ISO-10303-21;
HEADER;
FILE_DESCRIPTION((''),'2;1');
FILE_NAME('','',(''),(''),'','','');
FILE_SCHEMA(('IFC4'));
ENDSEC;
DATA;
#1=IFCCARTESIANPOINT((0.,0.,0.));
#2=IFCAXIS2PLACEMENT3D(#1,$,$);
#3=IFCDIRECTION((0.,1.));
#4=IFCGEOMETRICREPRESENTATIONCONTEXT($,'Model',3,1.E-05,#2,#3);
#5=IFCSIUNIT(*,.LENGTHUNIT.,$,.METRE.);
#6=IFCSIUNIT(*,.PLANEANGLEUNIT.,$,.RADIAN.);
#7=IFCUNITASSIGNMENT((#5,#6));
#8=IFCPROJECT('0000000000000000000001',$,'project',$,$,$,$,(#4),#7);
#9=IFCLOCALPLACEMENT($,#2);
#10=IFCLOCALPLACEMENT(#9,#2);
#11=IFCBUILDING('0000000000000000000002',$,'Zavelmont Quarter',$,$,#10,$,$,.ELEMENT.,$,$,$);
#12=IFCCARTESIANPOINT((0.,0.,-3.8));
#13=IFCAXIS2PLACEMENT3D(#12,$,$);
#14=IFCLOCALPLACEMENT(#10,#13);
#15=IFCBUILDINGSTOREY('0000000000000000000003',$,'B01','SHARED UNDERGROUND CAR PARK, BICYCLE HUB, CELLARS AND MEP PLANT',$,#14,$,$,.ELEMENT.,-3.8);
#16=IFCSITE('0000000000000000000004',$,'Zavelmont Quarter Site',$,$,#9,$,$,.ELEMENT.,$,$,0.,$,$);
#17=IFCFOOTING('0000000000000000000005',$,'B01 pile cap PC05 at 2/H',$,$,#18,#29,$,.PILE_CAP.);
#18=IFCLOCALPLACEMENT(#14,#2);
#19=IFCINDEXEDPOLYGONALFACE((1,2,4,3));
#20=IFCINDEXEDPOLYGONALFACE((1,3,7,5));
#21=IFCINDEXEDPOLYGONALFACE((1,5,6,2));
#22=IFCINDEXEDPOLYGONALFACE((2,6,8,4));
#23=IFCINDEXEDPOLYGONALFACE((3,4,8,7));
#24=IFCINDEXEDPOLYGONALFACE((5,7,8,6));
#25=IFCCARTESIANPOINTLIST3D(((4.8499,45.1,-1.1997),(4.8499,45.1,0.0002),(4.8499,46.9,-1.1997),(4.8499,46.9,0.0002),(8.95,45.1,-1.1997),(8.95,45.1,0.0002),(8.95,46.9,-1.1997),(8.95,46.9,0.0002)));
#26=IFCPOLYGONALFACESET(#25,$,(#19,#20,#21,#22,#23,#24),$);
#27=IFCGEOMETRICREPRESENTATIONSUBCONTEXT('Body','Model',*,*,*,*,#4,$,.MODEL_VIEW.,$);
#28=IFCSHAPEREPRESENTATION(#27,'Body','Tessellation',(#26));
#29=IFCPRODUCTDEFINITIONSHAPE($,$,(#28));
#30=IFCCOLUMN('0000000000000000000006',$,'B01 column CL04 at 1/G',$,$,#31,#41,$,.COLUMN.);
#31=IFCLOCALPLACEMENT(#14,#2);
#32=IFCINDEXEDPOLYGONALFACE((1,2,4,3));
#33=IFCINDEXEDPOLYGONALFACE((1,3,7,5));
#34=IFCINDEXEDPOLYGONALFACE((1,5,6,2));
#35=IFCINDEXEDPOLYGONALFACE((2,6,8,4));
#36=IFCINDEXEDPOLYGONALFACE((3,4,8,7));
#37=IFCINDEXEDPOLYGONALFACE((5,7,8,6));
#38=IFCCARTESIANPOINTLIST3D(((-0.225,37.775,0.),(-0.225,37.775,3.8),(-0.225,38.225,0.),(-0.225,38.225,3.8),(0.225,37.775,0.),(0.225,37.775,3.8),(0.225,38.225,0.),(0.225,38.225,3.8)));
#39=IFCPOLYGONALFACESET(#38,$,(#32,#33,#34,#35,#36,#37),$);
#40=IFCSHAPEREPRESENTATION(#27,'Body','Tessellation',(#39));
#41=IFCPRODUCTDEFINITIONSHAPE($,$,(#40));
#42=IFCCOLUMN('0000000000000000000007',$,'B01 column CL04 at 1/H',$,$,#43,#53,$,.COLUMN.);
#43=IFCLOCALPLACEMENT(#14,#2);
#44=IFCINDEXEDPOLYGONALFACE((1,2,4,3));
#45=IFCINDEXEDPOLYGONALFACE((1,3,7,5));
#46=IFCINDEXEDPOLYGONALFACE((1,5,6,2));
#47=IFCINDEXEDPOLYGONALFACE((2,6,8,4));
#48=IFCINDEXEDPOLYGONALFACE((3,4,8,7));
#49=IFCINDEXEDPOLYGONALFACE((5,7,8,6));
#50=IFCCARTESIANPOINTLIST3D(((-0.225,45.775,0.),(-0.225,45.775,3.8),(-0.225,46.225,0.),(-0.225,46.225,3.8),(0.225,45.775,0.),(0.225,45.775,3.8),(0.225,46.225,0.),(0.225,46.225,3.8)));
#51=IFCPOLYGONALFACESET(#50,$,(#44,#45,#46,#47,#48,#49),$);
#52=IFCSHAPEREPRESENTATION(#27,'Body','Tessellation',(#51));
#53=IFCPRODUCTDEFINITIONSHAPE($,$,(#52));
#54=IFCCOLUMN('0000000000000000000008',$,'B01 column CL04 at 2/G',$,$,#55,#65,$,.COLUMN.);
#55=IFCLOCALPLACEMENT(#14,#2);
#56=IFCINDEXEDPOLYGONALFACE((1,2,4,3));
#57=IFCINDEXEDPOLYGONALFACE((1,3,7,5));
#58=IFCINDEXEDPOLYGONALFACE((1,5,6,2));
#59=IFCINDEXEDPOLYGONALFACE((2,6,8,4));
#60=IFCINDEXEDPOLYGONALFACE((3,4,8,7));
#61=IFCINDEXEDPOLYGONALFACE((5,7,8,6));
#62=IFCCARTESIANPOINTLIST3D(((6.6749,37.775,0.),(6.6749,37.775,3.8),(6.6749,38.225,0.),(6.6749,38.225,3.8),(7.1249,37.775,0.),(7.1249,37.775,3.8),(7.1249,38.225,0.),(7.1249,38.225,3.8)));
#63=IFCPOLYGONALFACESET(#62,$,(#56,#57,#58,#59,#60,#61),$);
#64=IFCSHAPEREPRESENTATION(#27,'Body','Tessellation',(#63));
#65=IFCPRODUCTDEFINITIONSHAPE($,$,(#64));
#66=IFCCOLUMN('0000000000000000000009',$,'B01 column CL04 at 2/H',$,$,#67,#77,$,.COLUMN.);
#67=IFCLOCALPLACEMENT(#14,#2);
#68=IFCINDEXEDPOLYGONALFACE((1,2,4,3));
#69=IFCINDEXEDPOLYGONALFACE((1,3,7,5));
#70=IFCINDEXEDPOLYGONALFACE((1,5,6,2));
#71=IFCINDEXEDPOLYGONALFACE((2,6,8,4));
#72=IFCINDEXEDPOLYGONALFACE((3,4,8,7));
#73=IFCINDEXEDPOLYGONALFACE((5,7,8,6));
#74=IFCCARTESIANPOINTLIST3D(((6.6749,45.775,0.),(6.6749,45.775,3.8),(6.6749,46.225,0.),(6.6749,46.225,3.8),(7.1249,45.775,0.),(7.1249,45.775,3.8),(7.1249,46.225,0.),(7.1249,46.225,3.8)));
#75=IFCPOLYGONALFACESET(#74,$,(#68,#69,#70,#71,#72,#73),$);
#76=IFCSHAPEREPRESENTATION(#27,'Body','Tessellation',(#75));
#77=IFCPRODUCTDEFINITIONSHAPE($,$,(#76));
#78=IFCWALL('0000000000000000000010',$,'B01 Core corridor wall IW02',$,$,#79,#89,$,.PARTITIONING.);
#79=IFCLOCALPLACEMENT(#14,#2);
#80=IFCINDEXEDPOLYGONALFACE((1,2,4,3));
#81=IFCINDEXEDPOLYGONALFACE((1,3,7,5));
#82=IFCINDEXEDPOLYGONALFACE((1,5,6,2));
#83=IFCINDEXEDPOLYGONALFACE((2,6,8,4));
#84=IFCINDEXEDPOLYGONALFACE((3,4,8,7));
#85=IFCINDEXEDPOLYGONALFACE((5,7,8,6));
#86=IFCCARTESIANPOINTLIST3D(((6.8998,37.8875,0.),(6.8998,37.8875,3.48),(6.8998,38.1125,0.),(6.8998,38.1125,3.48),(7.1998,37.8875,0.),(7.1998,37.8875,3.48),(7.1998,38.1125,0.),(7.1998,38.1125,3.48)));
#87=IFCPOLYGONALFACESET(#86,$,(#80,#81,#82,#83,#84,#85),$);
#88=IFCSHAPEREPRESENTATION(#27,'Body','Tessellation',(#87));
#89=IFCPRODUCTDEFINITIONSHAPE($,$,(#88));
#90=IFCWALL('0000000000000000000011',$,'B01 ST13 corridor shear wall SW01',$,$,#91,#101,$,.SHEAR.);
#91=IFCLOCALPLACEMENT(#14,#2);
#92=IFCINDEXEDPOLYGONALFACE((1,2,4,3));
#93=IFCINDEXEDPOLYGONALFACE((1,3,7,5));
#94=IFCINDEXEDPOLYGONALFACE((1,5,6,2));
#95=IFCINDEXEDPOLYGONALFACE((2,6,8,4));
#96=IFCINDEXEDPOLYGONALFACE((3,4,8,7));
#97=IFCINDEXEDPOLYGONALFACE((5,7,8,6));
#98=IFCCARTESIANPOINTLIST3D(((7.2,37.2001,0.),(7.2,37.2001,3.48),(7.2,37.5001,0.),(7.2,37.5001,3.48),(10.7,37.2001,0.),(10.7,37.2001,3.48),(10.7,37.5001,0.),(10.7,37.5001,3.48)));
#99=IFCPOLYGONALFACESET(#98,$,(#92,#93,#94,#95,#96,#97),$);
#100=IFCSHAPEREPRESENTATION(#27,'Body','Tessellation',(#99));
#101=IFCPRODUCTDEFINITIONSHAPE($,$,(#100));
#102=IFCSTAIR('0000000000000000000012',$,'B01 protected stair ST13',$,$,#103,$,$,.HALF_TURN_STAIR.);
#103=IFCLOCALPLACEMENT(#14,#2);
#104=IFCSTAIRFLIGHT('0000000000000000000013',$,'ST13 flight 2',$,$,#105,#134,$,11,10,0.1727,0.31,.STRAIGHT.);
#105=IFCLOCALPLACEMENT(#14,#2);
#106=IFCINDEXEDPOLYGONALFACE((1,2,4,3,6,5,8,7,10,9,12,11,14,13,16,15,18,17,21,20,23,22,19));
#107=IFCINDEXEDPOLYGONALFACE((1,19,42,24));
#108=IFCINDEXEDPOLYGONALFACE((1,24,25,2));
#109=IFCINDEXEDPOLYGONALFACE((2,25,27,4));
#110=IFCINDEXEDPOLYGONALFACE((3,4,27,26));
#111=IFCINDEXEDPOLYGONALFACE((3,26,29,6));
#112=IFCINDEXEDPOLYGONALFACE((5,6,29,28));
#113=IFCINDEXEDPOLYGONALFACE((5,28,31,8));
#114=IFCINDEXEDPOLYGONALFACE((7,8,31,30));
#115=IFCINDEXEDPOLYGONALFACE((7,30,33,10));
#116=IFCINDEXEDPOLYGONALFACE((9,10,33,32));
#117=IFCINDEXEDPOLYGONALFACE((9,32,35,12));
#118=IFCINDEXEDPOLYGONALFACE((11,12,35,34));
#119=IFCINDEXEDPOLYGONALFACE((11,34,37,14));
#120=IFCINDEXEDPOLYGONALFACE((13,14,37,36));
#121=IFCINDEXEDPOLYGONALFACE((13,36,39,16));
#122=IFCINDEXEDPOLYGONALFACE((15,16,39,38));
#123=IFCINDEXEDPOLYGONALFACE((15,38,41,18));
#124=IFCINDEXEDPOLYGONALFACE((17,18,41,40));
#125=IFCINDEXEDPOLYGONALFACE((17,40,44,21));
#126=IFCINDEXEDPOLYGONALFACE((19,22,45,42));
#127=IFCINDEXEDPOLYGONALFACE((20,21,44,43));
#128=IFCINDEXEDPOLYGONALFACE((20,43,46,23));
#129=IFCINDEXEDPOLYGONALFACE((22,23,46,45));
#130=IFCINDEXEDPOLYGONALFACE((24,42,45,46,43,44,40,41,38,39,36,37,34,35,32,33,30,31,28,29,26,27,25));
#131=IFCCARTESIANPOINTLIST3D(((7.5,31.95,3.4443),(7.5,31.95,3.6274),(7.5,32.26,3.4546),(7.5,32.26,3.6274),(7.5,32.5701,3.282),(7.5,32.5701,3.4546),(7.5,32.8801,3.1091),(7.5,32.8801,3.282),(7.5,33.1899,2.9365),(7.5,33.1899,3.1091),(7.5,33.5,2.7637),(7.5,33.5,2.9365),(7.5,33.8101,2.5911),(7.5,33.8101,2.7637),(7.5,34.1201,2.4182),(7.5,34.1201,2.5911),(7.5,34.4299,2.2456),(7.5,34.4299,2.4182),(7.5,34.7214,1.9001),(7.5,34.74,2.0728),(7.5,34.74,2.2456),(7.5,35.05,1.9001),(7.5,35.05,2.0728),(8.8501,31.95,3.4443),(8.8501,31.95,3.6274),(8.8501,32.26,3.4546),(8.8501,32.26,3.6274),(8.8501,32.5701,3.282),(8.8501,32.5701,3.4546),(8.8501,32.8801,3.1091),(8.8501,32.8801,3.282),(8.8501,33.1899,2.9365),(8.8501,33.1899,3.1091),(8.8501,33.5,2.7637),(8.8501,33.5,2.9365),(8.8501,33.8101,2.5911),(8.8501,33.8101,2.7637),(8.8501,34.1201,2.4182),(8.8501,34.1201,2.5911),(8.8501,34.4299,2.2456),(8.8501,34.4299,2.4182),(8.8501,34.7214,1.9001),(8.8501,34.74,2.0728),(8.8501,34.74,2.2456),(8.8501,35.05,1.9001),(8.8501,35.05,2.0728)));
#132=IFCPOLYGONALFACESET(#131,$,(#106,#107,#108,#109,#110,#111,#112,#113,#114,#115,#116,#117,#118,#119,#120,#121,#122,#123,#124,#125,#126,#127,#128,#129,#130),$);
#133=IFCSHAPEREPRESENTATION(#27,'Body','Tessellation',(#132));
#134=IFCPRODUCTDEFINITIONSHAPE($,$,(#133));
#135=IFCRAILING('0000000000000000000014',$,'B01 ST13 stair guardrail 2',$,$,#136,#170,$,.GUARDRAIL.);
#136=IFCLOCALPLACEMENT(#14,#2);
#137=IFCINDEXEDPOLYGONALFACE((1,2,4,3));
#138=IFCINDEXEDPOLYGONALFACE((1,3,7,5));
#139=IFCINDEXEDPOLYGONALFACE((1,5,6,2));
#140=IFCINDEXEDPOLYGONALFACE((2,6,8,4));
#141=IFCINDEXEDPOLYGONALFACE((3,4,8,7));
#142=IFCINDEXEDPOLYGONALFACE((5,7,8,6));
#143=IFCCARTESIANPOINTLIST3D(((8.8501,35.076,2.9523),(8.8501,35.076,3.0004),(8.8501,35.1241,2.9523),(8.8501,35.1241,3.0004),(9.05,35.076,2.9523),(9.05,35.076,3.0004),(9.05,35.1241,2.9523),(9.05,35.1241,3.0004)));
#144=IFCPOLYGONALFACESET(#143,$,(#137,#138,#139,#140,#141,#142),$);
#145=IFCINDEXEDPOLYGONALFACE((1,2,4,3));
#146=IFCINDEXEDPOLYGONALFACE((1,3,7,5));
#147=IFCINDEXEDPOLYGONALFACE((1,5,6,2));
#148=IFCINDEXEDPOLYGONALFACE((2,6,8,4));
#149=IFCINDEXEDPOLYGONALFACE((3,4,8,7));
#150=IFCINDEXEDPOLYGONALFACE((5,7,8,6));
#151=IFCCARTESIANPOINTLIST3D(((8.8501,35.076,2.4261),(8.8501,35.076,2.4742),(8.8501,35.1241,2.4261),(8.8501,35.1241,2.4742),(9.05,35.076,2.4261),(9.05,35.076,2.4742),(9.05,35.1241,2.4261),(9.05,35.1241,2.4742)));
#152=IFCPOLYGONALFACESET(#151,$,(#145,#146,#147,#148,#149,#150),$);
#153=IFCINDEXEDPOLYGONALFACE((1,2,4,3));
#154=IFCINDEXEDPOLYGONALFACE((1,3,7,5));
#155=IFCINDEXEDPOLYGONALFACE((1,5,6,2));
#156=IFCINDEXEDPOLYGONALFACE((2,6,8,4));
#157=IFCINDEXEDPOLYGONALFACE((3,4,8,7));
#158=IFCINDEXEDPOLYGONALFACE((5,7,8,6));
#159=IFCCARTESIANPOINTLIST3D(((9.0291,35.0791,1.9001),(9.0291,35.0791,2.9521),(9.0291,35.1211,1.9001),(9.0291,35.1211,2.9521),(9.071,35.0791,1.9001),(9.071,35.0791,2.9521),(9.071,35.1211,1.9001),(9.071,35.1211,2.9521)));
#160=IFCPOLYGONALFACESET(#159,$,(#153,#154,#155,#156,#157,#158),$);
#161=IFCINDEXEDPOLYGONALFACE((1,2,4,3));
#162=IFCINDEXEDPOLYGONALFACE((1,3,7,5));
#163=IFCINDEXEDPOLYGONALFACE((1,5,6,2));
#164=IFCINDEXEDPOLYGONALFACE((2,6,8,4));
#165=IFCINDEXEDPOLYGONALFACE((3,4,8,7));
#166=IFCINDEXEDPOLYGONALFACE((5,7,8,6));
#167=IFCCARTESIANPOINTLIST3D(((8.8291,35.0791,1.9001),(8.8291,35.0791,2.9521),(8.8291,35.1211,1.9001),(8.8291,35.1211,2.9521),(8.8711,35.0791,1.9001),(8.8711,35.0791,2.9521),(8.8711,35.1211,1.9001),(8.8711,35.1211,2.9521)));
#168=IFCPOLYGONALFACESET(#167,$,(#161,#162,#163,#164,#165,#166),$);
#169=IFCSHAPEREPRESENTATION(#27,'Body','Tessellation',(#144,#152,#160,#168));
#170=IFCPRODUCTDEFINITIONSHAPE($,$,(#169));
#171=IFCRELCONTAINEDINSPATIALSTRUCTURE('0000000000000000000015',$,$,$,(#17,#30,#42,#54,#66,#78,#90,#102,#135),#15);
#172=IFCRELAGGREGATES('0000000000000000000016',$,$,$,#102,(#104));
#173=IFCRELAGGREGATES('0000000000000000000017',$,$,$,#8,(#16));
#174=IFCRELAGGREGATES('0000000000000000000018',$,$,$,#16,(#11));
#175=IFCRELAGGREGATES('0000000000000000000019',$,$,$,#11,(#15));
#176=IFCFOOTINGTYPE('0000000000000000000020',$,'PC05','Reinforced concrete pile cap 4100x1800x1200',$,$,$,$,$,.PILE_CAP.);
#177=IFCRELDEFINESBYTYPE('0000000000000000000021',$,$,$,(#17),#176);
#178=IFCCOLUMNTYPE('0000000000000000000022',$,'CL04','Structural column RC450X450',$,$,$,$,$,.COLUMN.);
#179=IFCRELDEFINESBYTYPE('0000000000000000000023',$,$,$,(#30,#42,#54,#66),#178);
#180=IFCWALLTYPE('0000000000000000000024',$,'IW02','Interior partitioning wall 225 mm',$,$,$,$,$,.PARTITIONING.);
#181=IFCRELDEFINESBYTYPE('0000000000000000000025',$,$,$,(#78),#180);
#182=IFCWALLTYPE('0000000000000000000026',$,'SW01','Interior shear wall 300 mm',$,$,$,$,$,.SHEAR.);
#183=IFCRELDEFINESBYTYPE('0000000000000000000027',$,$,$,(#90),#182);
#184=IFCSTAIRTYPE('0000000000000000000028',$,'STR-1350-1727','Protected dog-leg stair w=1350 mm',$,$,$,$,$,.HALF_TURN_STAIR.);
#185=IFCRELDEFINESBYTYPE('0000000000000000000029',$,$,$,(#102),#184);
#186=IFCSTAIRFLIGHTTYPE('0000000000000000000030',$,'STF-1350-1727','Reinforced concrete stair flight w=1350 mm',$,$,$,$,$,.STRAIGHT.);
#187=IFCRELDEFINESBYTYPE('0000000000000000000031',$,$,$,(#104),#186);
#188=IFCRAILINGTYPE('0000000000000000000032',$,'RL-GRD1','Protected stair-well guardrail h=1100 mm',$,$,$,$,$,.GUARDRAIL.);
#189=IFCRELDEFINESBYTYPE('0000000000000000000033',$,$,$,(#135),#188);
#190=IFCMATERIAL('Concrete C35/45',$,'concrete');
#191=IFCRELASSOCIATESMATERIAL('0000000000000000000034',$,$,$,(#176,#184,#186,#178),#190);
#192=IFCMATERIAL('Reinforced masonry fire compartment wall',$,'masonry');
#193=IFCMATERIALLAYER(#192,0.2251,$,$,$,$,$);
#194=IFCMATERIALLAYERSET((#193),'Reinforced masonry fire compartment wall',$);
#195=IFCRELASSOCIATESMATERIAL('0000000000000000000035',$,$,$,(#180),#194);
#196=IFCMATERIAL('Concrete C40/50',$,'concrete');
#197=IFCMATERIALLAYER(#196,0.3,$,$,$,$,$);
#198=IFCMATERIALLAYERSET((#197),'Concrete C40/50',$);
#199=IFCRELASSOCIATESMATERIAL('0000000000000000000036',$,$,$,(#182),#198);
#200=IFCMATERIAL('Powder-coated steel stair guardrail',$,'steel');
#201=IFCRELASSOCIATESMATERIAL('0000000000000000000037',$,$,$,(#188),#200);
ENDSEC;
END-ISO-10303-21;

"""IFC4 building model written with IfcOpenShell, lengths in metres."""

from ifc_helpers import new_model, si_unit, direction, frame, frame_2d, origin, origin_2d, place, context, subcontext, project, spatial, polyline, rectangle, outline, extrude, material, layer, layer_set, material_profile, profile_set, type_object, element, aggregate, save


model = new_model("IFC4")

# Units and contexts
model_context = context("Model", 3, precision=1e-05, world=origin(), true_north=direction((0.0, 1.0)))
body_context = subcontext(model_context, "Body", "Model", "MODEL_VIEW")
ifc_project = project(units=[si_unit("LENGTHUNIT", "METRE"), si_unit("PLANEANGLEUNIT", "RADIAN")], contexts=[model_context])

# Site, building, storey
site_placement = place(None, origin())
site = spatial("IfcSite", under=ifc_project, at=site_placement, Name="Zavelmont Quarter Site", CompositionType="ELEMENT", RefElevation=0.0)
building_placement = place(site_placement, origin())
building = spatial("IfcBuilding", under=site, at=building_placement, Name="Zavelmont Quarter", CompositionType="ELEMENT")
storey_placement = place(building_placement, frame((0.0, 0.0, -3.8)))
storey = spatial("IfcBuildingStorey", under=building, at=storey_placement, Name="B01", Description="SHARED UNDERGROUND CAR PARK, BICYCLE HUB, CELLARS AND MEP PLANT", CompositionType="ELEMENT", Elevation=-3.8)

# Shared definitions
ifc_material_1 = material(Name="Concrete C35/45", Category="concrete")

# Footing
footing_type_1 = type_object("IfcFootingType", Name="PC05", Description="Reinforced concrete pile cap 4100x1800x1200", PredefinedType="PILE_CAP", material=ifc_material_1)
for number, where, z_axis, x_axis, name in (
    (1, (6.8999, 46.0, -1.1997), (0.0, 0.0, 1.0), (1.0, 0.0, 0.0), "B01 pile cap PC05 at 2/H"),
):
    element("IfcFooting", number, at=place(storey_placement, frame(where, z_axis=z_axis, x_axis=x_axis)), inside=storey, type_object=footing_type_1, Name=name, PredefinedType="PILE_CAP", context=body_context, shape_type="SweptSolid", body=[
        extrude(rectangle(XDim=4.1001, YDim=1.8, at=origin_2d()), origin(), (0.0, 0.0, 1.0), 1.2),
    ])

# Columns
ifc_material_profile_1 = material_profile(ifc_material_1, rectangle(XDim=0.45, YDim=0.45, at=origin_2d()), Name="RC450X450")
ifc_profile_set_1 = profile_set([ifc_material_profile_1], Name="Concrete C35/45")
column_type = type_object("IfcColumnType", Name="CL04", Description="Structural column RC450X450", PredefinedType="COLUMN", material=ifc_profile_set_1)
for number, where, z_axis, x_axis, name in (
    (2, (0.0, 38.0, 0.0), (0.0, 0.0, 1.0), (1.0, 0.0, 0.0), "B01 column CL04 at 1/G"),
    (3, (0.0, 46.0, 0.0), (0.0, 0.0, 1.0), (1.0, 0.0, 0.0), "B01 column CL04 at 1/H"),
    (4, (6.8999, 38.0, 0.0), (0.0, 0.0, 1.0), (1.0, 0.0, 0.0), "B01 column CL04 at 2/G"),
    (5, (6.8999, 46.0, 0.0), (0.0, 0.0, 1.0), (1.0, 0.0, 0.0), "B01 column CL04 at 2/H"),
):
    element("IfcColumn", number, at=place(storey_placement, frame(where, z_axis=z_axis, x_axis=x_axis)), inside=storey, type_object=column_type, Name=name, PredefinedType="COLUMN", context=body_context, shape_type="SweptSolid", body=[
        extrude(rectangle(XDim=0.45, YDim=0.45, at=origin_2d()), origin(), (0.0, 0.0, 1.0), 3.8),
    ])

# Shared definitions
ifc_material_2 = material(Name="Reinforced masonry fire compartment wall", Category="masonry")
ifc_layer_1 = layer(ifc_material_2, 0.2251)
ifc_layer_set_1 = layer_set([ifc_layer_1], Name="Reinforced masonry fire compartment wall")
wall_type_1 = type_object("IfcWallType", Name="IW02", Description="Interior partitioning wall 225 mm", PredefinedType="PARTITIONING", material=ifc_layer_set_1)

# Walls
wall_1_placement = place(storey_placement, frame((6.8999, 38.0, 0.0), z_axis=(0.0, 0.0, 1.0), x_axis=(1.0, 0.0, 0.0)))
element("IfcWall", 6, at=wall_1_placement, inside=storey, type_object=wall_type_1, Name="B01 Core corridor wall IW02", PredefinedType="PARTITIONING", context=body_context, shape_type="SweptSolid", body=[
    extrude(rectangle(XDim=0.3, YDim=0.2251, at=frame_2d((0.1499, 0.0))), origin(), (0.0, 0.0, 1.0), 3.48),
])
ifc_material_3 = material(Name="Concrete C40/50", Category="concrete")
ifc_layer_2 = layer(ifc_material_3, 0.3)
ifc_layer_set_2 = layer_set([ifc_layer_2], Name="Concrete C40/50")
wall_type_2 = type_object("IfcWallType", Name="SW01", Description="Interior shear wall 300 mm", PredefinedType="SHEAR", material=ifc_layer_set_2)
wall_2_placement = place(storey_placement, frame((7.2, 37.3501, 0.0), z_axis=(0.0, 0.0, 1.0), x_axis=(1.0, 0.0, 0.0)))
element("IfcWall", 7, at=wall_2_placement, inside=storey, type_object=wall_type_2, Name="B01 ST13 corridor shear wall SW01", PredefinedType="SHEAR", context=body_context, shape_type="SweptSolid", body=[
    extrude(rectangle(XDim=3.5, YDim=0.3, at=frame_2d((1.75, 0.0))), origin(), (0.0, 0.0, 1.0), 3.48),
])

# Stair, stair flight
stair_type = type_object("IfcStairType", Name="STR-1350-1727", Description="Protected dog-leg stair w=1350 mm", PredefinedType="HALF_TURN_STAIR", material=ifc_material_1)
stair_placement = place(storey_placement, origin())
stair = element("IfcStair", 8, at=stair_placement, inside=storey, type_object=stair_type, Name="B01 protected stair ST13", PredefinedType="HALF_TURN_STAIR")
stair_flight_type = type_object("IfcStairFlightType", Name="STF-1350-1727", Description="Reinforced concrete stair flight w=1350 mm", PredefinedType="STRAIGHT", material=ifc_material_1)
stair_flight_placement = place(storey_placement, frame((8.175, 35.05, 1.9001), z_axis=(0.0, 0.0, 1.0), x_axis=(0.0, -1.0, 0.0)))
stair_flight = element("IfcStairFlight", 9, at=stair_flight_placement, type_object=stair_flight_type, Name="ST13 flight 2", NumberOfRisers=11, NumberOfTreads=10, PredefinedType="STRAIGHT", RiserHeight=0.1727, TreadLength=0.31, context=body_context, shape_type="SweptSolid", body=[
    extrude(outline(polyline([(0.0, 0.0), (0.0, 0.1726), (0.3101, 0.1726), (0.3101, 0.3455), (0.6201, 0.3455), (0.6201, 0.5181), (0.9299, 0.5181), (0.9299, 0.6909), (1.24, 0.6909), (1.24, 0.8635), (1.55, 0.8635), (1.55, 1.0364), (1.8601, 1.0364), (1.8601, 1.209), (2.1699, 1.209), (2.1699, 1.3818), (2.48, 1.3818), (2.48, 1.5544), (2.79, 1.5544), (2.79, 1.7273), (3.1001, 1.7273), (3.1001, 1.8999), (3.1001, 1.5442), (0.3286, 0.0), (0.0, 0.0)])), frame((0.0, 0.675, 0.0), z_axis=(0.0, -1.0, 0.0), x_axis=(1.0, 0.0, 0.0)), (0.0, 0.0, 1.0), 1.3501),
])
aggregate(stair, [stair_flight])

# Railing
ifc_material_4 = material(Name="Powder-coated steel stair guardrail", Category="steel")
railing_type_1 = type_object("IfcRailingType", Name="RL-GRD1", Description="Protected stair-well guardrail h=1100 mm", PredefinedType="GUARDRAIL", material=ifc_material_4)
railing_1_placement = place(storey_placement, frame((9.05, 35.1001, 1.9001)))
element("IfcRailing", 10, at=railing_1_placement, inside=storey, type_object=railing_type_1, Name="B01 ST13 stair guardrail 2", PredefinedType="GUARDRAIL", context=body_context, shape_type="SweptSolid", body=[
    extrude(rectangle(XDim=0.0481, YDim=0.0481, at=origin_2d()), frame((0.0, 0.0, 1.0762), z_axis=(-1.0, 0.0, 0.0), x_axis=(0.0, -1.0, 0.0)), (0.0, 0.0, 1.0), 0.2),
    extrude(rectangle(XDim=0.0481, YDim=0.0481, at=origin_2d()), frame((0.0, 0.0, 0.55), z_axis=(-1.0, 0.0, 0.0), x_axis=(0.0, -1.0, 0.0)), (0.0, 0.0, 1.0), 0.2),
    extrude(rectangle(XDim=0.042, YDim=0.042, at=origin_2d()), origin(), (0.0, 0.0, 1.0), 1.052),
    extrude(rectangle(XDim=0.042, YDim=0.042, at=origin_2d()), frame((-0.2, 0.0, 0.0)), (0.0, 0.0, 1.0), 1.052),
])

save(model, "model.ifc")
